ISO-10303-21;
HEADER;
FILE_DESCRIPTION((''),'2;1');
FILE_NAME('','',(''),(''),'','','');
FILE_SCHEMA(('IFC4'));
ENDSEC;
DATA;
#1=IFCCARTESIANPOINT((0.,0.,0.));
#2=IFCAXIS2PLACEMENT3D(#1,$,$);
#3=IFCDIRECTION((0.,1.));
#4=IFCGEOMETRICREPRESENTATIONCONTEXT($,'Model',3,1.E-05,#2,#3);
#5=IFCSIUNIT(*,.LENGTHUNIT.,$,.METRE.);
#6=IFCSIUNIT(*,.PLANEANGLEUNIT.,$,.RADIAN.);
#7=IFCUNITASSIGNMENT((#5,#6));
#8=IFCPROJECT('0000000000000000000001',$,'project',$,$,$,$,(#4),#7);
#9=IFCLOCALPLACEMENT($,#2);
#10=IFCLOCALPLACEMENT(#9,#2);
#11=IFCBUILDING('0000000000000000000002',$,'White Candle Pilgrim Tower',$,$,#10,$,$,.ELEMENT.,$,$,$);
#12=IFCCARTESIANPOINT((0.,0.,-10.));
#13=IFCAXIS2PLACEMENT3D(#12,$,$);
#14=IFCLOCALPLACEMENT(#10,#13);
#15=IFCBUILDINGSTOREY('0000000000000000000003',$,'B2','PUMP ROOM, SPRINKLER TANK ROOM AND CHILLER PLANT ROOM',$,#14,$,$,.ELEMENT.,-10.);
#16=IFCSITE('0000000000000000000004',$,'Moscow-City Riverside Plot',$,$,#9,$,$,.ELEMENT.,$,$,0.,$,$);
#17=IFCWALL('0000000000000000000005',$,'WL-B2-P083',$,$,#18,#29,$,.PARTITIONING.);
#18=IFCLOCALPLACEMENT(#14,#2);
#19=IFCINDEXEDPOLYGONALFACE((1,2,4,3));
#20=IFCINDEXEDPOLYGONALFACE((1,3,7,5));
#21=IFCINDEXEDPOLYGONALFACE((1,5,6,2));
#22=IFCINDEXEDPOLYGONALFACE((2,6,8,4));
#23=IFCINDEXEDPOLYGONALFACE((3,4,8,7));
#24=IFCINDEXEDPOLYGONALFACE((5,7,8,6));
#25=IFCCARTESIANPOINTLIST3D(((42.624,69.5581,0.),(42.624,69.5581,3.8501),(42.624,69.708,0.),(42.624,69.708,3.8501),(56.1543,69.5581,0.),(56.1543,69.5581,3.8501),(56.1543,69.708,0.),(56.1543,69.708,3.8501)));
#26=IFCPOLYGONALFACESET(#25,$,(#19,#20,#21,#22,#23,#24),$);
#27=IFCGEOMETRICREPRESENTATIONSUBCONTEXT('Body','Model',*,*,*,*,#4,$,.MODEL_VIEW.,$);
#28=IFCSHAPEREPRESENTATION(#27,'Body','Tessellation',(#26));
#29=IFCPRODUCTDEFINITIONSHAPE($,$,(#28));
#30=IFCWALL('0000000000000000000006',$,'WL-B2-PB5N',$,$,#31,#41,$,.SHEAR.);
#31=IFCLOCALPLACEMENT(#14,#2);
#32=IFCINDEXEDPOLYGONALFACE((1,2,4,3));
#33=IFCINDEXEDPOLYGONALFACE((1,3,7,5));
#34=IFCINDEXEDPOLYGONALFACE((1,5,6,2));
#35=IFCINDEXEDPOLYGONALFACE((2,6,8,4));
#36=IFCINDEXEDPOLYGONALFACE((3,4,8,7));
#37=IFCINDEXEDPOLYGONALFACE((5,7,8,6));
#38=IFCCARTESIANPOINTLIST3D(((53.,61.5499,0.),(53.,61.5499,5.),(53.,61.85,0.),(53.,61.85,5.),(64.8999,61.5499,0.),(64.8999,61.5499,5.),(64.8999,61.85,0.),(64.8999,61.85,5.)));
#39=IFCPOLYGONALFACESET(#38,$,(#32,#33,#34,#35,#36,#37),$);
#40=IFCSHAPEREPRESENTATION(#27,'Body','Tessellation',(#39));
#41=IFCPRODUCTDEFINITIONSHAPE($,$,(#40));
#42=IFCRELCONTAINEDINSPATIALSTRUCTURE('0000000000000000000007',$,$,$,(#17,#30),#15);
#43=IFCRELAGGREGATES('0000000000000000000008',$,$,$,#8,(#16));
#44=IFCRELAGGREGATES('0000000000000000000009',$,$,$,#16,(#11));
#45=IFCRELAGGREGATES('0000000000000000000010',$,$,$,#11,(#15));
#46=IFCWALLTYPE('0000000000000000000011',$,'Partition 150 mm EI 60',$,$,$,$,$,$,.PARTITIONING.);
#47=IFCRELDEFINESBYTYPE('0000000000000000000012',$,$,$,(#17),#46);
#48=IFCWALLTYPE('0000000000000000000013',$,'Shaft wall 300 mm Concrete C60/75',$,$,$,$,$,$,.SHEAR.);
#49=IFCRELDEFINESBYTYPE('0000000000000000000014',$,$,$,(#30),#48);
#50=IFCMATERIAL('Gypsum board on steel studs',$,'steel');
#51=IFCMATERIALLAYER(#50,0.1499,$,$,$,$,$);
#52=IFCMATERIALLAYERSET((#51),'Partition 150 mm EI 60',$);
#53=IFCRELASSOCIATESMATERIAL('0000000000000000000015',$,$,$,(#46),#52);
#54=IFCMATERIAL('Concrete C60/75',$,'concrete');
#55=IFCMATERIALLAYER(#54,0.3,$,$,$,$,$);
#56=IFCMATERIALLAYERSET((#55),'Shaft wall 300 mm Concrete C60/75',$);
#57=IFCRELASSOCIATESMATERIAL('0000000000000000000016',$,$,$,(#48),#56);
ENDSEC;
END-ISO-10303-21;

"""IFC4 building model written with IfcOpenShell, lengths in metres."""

from ifc_helpers import new_model, si_unit, direction, frame, frame_2d, origin, place, context, subcontext, project, spatial, rectangle, extrude, material, layer, layer_set, type_object, element, save


model = new_model("IFC4")

# Units and contexts
model_context = context("Model", 3, precision=1e-05, world=origin(), true_north=direction((0.0, 1.0)))
body_context = subcontext(model_context, "Body", "Model", "MODEL_VIEW")
ifc_project = project(units=[si_unit("LENGTHUNIT", "METRE"), si_unit("PLANEANGLEUNIT", "RADIAN")], contexts=[model_context])

# Site, building, storey
site_placement = place(None, origin())
site = spatial("IfcSite", under=ifc_project, at=site_placement, Name="Moscow-City Riverside Plot", CompositionType="ELEMENT", RefElevation=0.0)
building_placement = place(site_placement, origin())
building = spatial("IfcBuilding", under=site, at=building_placement, Name="White Candle Pilgrim Tower", CompositionType="ELEMENT")
storey_placement = place(building_placement, frame((0.0, 0.0, -10.0)))
storey = spatial("IfcBuildingStorey", under=building, at=storey_placement, Name="B2", Description="PUMP ROOM, SPRINKLER TANK ROOM AND CHILLER PLANT ROOM", CompositionType="ELEMENT", Elevation=-10.0)

# Shared definitions
ifc_material_1 = material(Name="Gypsum board on steel studs", Category="steel")

# Walls
ifc_layer_1 = layer(ifc_material_1, 0.1499)
ifc_layer_set_1 = layer_set([ifc_layer_1], Name="Partition 150 mm EI 60")
wall_type_1 = type_object("IfcWallType", Name="Partition 150 mm EI 60", PredefinedType="PARTITIONING", material=ifc_layer_set_1)
wall_1_placement = place(storey_placement, frame((42.624, 69.6331, 0.0), z_axis=(0.0, 0.0, 1.0), x_axis=(1.0, 0.0, 0.0)))
element("IfcWall", 1, at=wall_1_placement, inside=storey, type_object=wall_type_1, Name="WL-B2-P083", PredefinedType="PARTITIONING", context=body_context, shape_type="SweptSolid", body=[
    extrude(rectangle(XDim=13.5303, YDim=0.1499, at=frame_2d((6.7651, 0.0))), origin(), (0.0, 0.0, 1.0), 3.8501),
])
ifc_material_2 = material(Name="Concrete C60/75", Category="concrete")
ifc_layer_2 = layer(ifc_material_2, 0.3)
ifc_layer_set_2 = layer_set([ifc_layer_2], Name="Shaft wall 300 mm Concrete C60/75")
wall_type_2 = type_object("IfcWallType", Name="Shaft wall 300 mm Concrete C60/75", PredefinedType="SHEAR", material=ifc_layer_set_2)
wall_2_placement = place(storey_placement, frame((53.0, 61.7, 0.0), z_axis=(0.0, 0.0, 1.0), x_axis=(1.0, 0.0, 0.0)))
element("IfcWall", 2, at=wall_2_placement, inside=storey, type_object=wall_type_2, Name="WL-B2-PB5N", PredefinedType="SHEAR", context=body_context, shape_type="SweptSolid", body=[
    extrude(rectangle(XDim=11.8999, YDim=0.3, at=frame_2d((5.95, 0.0))), origin(), (0.0, 0.0, 1.0), 5.0),
])

save(model, "model.ifc")
